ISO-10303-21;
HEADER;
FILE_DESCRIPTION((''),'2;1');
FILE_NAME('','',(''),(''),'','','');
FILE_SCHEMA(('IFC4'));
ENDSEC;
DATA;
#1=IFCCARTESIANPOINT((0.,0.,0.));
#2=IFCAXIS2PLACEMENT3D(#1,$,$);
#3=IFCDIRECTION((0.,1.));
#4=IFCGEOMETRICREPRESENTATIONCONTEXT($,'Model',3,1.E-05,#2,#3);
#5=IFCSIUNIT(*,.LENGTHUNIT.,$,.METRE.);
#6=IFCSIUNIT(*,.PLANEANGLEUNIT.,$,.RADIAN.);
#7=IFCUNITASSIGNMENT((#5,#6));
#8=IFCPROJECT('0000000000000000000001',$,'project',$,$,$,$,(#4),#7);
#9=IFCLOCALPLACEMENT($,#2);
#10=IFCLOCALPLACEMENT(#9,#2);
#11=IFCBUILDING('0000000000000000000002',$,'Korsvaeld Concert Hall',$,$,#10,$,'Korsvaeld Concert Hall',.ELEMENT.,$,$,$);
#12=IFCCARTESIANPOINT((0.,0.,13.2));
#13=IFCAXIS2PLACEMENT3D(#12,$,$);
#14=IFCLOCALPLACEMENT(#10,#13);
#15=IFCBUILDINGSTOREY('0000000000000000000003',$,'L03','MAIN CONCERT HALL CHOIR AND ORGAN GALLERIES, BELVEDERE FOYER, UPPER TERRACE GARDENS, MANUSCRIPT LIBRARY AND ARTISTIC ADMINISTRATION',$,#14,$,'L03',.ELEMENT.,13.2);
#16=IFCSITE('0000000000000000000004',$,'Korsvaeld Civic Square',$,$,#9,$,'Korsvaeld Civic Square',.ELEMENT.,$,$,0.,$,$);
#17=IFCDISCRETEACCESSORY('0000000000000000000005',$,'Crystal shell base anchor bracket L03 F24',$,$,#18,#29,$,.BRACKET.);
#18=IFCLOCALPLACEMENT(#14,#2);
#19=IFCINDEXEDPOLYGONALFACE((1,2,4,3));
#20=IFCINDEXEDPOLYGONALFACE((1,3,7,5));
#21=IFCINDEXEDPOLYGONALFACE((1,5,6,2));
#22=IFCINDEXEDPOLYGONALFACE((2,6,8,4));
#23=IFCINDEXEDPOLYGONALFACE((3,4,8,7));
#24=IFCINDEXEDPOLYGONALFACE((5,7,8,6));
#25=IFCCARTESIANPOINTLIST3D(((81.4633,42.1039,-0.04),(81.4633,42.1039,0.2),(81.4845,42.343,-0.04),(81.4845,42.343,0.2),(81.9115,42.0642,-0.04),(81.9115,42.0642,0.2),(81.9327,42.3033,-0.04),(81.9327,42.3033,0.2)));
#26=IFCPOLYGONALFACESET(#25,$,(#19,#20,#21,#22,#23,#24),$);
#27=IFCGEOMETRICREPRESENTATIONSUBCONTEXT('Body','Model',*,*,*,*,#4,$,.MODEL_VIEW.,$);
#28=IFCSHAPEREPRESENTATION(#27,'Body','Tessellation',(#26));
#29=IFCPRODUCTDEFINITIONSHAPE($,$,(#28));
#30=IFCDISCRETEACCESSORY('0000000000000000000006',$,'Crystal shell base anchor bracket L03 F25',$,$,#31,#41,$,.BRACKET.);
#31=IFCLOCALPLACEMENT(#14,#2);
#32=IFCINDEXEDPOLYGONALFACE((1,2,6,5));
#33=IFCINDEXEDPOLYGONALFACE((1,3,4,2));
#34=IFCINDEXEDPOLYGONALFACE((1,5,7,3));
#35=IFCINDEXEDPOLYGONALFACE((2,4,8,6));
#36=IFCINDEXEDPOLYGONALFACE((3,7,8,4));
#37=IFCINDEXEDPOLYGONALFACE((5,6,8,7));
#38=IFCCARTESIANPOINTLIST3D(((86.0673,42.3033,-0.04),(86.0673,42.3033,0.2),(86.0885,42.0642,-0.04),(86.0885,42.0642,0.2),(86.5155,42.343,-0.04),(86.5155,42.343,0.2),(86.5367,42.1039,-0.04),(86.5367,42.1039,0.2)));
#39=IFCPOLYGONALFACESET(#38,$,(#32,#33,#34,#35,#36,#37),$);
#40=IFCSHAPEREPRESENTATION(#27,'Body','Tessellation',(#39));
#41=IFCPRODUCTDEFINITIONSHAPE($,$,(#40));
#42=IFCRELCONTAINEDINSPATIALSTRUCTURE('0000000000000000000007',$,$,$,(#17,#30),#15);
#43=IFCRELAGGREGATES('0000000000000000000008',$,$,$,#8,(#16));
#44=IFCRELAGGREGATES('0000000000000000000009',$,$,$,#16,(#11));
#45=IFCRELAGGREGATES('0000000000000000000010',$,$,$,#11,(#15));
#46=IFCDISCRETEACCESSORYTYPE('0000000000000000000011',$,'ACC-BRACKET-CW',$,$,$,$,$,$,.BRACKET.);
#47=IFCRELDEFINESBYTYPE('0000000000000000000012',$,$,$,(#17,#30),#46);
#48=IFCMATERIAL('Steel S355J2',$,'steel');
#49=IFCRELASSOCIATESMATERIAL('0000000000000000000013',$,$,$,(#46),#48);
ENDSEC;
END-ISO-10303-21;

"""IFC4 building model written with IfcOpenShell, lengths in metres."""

from ifc_helpers import new_model, si_unit, direction, frame, origin, origin_2d, place, context, subcontext, project, spatial, rectangle, extrude, material, type_object, element, save


model = new_model("IFC4")

# Units and contexts
model_context = context("Model", 3, precision=1e-05, world=origin(), true_north=direction((0.0, 1.0)))
body_context = subcontext(model_context, "Body", "Model", "MODEL_VIEW")
ifc_project = project(units=[si_unit("LENGTHUNIT", "METRE"), si_unit("PLANEANGLEUNIT", "RADIAN")], contexts=[model_context])

# Site, building, storey
site_placement = place(None, origin())
site = spatial("IfcSite", under=ifc_project, at=site_placement, Name="Korsvaeld Civic Square", LongName="Korsvaeld Civic Square", CompositionType="ELEMENT", RefElevation=0.0)
building_placement = place(site_placement, origin())
building = spatial("IfcBuilding", under=site, at=building_placement, Name="Korsvaeld Concert Hall", LongName="Korsvaeld Concert Hall", CompositionType="ELEMENT")
storey_placement = place(building_placement, frame((0.0, 0.0, 13.2)))
storey = spatial("IfcBuildingStorey", under=building, at=storey_placement, Name="L03", Description="MAIN CONCERT HALL CHOIR AND ORGAN GALLERIES, BELVEDERE FOYER, UPPER TERRACE GARDENS, MANUSCRIPT LIBRARY AND ARTISTIC ADMINISTRATION", LongName="L03", CompositionType="ELEMENT", Elevation=13.2)

# Discrete accessories
ifc_material_1 = material(Name="Steel S355J2", Category="steel")
discrete_accessory_type = type_object("IfcDiscreteAccessoryType", Name="ACC-BRACKET-CW", PredefinedType="BRACKET", material=ifc_material_1)
for number, where, z_axis, x_axis, name in (
    (1, (81.698, 42.2036, -0.04), (0.0, 0.0, 1.0), (0.996103, -0.088199, 0.0), "Crystal shell base anchor bracket L03 F24"),
    (2, (86.302, 42.2036, -0.04), (0.0, 0.0, 1.0), (0.996103, 0.088199, 0.0), "Crystal shell base anchor bracket L03 F25"),
):
    element("IfcDiscreteAccessory", number, at=place(storey_placement, frame(where, z_axis=z_axis, x_axis=x_axis)), inside=storey, type_object=discrete_accessory_type, Name=name, PredefinedType="BRACKET", context=body_context, shape_type="SweptSolid", body=[
        extrude(rectangle(XDim=0.45, YDim=0.24, at=origin_2d()), origin(), (0.0, 0.0, 1.0), 0.24),
    ])

save(model, "model.ifc")
